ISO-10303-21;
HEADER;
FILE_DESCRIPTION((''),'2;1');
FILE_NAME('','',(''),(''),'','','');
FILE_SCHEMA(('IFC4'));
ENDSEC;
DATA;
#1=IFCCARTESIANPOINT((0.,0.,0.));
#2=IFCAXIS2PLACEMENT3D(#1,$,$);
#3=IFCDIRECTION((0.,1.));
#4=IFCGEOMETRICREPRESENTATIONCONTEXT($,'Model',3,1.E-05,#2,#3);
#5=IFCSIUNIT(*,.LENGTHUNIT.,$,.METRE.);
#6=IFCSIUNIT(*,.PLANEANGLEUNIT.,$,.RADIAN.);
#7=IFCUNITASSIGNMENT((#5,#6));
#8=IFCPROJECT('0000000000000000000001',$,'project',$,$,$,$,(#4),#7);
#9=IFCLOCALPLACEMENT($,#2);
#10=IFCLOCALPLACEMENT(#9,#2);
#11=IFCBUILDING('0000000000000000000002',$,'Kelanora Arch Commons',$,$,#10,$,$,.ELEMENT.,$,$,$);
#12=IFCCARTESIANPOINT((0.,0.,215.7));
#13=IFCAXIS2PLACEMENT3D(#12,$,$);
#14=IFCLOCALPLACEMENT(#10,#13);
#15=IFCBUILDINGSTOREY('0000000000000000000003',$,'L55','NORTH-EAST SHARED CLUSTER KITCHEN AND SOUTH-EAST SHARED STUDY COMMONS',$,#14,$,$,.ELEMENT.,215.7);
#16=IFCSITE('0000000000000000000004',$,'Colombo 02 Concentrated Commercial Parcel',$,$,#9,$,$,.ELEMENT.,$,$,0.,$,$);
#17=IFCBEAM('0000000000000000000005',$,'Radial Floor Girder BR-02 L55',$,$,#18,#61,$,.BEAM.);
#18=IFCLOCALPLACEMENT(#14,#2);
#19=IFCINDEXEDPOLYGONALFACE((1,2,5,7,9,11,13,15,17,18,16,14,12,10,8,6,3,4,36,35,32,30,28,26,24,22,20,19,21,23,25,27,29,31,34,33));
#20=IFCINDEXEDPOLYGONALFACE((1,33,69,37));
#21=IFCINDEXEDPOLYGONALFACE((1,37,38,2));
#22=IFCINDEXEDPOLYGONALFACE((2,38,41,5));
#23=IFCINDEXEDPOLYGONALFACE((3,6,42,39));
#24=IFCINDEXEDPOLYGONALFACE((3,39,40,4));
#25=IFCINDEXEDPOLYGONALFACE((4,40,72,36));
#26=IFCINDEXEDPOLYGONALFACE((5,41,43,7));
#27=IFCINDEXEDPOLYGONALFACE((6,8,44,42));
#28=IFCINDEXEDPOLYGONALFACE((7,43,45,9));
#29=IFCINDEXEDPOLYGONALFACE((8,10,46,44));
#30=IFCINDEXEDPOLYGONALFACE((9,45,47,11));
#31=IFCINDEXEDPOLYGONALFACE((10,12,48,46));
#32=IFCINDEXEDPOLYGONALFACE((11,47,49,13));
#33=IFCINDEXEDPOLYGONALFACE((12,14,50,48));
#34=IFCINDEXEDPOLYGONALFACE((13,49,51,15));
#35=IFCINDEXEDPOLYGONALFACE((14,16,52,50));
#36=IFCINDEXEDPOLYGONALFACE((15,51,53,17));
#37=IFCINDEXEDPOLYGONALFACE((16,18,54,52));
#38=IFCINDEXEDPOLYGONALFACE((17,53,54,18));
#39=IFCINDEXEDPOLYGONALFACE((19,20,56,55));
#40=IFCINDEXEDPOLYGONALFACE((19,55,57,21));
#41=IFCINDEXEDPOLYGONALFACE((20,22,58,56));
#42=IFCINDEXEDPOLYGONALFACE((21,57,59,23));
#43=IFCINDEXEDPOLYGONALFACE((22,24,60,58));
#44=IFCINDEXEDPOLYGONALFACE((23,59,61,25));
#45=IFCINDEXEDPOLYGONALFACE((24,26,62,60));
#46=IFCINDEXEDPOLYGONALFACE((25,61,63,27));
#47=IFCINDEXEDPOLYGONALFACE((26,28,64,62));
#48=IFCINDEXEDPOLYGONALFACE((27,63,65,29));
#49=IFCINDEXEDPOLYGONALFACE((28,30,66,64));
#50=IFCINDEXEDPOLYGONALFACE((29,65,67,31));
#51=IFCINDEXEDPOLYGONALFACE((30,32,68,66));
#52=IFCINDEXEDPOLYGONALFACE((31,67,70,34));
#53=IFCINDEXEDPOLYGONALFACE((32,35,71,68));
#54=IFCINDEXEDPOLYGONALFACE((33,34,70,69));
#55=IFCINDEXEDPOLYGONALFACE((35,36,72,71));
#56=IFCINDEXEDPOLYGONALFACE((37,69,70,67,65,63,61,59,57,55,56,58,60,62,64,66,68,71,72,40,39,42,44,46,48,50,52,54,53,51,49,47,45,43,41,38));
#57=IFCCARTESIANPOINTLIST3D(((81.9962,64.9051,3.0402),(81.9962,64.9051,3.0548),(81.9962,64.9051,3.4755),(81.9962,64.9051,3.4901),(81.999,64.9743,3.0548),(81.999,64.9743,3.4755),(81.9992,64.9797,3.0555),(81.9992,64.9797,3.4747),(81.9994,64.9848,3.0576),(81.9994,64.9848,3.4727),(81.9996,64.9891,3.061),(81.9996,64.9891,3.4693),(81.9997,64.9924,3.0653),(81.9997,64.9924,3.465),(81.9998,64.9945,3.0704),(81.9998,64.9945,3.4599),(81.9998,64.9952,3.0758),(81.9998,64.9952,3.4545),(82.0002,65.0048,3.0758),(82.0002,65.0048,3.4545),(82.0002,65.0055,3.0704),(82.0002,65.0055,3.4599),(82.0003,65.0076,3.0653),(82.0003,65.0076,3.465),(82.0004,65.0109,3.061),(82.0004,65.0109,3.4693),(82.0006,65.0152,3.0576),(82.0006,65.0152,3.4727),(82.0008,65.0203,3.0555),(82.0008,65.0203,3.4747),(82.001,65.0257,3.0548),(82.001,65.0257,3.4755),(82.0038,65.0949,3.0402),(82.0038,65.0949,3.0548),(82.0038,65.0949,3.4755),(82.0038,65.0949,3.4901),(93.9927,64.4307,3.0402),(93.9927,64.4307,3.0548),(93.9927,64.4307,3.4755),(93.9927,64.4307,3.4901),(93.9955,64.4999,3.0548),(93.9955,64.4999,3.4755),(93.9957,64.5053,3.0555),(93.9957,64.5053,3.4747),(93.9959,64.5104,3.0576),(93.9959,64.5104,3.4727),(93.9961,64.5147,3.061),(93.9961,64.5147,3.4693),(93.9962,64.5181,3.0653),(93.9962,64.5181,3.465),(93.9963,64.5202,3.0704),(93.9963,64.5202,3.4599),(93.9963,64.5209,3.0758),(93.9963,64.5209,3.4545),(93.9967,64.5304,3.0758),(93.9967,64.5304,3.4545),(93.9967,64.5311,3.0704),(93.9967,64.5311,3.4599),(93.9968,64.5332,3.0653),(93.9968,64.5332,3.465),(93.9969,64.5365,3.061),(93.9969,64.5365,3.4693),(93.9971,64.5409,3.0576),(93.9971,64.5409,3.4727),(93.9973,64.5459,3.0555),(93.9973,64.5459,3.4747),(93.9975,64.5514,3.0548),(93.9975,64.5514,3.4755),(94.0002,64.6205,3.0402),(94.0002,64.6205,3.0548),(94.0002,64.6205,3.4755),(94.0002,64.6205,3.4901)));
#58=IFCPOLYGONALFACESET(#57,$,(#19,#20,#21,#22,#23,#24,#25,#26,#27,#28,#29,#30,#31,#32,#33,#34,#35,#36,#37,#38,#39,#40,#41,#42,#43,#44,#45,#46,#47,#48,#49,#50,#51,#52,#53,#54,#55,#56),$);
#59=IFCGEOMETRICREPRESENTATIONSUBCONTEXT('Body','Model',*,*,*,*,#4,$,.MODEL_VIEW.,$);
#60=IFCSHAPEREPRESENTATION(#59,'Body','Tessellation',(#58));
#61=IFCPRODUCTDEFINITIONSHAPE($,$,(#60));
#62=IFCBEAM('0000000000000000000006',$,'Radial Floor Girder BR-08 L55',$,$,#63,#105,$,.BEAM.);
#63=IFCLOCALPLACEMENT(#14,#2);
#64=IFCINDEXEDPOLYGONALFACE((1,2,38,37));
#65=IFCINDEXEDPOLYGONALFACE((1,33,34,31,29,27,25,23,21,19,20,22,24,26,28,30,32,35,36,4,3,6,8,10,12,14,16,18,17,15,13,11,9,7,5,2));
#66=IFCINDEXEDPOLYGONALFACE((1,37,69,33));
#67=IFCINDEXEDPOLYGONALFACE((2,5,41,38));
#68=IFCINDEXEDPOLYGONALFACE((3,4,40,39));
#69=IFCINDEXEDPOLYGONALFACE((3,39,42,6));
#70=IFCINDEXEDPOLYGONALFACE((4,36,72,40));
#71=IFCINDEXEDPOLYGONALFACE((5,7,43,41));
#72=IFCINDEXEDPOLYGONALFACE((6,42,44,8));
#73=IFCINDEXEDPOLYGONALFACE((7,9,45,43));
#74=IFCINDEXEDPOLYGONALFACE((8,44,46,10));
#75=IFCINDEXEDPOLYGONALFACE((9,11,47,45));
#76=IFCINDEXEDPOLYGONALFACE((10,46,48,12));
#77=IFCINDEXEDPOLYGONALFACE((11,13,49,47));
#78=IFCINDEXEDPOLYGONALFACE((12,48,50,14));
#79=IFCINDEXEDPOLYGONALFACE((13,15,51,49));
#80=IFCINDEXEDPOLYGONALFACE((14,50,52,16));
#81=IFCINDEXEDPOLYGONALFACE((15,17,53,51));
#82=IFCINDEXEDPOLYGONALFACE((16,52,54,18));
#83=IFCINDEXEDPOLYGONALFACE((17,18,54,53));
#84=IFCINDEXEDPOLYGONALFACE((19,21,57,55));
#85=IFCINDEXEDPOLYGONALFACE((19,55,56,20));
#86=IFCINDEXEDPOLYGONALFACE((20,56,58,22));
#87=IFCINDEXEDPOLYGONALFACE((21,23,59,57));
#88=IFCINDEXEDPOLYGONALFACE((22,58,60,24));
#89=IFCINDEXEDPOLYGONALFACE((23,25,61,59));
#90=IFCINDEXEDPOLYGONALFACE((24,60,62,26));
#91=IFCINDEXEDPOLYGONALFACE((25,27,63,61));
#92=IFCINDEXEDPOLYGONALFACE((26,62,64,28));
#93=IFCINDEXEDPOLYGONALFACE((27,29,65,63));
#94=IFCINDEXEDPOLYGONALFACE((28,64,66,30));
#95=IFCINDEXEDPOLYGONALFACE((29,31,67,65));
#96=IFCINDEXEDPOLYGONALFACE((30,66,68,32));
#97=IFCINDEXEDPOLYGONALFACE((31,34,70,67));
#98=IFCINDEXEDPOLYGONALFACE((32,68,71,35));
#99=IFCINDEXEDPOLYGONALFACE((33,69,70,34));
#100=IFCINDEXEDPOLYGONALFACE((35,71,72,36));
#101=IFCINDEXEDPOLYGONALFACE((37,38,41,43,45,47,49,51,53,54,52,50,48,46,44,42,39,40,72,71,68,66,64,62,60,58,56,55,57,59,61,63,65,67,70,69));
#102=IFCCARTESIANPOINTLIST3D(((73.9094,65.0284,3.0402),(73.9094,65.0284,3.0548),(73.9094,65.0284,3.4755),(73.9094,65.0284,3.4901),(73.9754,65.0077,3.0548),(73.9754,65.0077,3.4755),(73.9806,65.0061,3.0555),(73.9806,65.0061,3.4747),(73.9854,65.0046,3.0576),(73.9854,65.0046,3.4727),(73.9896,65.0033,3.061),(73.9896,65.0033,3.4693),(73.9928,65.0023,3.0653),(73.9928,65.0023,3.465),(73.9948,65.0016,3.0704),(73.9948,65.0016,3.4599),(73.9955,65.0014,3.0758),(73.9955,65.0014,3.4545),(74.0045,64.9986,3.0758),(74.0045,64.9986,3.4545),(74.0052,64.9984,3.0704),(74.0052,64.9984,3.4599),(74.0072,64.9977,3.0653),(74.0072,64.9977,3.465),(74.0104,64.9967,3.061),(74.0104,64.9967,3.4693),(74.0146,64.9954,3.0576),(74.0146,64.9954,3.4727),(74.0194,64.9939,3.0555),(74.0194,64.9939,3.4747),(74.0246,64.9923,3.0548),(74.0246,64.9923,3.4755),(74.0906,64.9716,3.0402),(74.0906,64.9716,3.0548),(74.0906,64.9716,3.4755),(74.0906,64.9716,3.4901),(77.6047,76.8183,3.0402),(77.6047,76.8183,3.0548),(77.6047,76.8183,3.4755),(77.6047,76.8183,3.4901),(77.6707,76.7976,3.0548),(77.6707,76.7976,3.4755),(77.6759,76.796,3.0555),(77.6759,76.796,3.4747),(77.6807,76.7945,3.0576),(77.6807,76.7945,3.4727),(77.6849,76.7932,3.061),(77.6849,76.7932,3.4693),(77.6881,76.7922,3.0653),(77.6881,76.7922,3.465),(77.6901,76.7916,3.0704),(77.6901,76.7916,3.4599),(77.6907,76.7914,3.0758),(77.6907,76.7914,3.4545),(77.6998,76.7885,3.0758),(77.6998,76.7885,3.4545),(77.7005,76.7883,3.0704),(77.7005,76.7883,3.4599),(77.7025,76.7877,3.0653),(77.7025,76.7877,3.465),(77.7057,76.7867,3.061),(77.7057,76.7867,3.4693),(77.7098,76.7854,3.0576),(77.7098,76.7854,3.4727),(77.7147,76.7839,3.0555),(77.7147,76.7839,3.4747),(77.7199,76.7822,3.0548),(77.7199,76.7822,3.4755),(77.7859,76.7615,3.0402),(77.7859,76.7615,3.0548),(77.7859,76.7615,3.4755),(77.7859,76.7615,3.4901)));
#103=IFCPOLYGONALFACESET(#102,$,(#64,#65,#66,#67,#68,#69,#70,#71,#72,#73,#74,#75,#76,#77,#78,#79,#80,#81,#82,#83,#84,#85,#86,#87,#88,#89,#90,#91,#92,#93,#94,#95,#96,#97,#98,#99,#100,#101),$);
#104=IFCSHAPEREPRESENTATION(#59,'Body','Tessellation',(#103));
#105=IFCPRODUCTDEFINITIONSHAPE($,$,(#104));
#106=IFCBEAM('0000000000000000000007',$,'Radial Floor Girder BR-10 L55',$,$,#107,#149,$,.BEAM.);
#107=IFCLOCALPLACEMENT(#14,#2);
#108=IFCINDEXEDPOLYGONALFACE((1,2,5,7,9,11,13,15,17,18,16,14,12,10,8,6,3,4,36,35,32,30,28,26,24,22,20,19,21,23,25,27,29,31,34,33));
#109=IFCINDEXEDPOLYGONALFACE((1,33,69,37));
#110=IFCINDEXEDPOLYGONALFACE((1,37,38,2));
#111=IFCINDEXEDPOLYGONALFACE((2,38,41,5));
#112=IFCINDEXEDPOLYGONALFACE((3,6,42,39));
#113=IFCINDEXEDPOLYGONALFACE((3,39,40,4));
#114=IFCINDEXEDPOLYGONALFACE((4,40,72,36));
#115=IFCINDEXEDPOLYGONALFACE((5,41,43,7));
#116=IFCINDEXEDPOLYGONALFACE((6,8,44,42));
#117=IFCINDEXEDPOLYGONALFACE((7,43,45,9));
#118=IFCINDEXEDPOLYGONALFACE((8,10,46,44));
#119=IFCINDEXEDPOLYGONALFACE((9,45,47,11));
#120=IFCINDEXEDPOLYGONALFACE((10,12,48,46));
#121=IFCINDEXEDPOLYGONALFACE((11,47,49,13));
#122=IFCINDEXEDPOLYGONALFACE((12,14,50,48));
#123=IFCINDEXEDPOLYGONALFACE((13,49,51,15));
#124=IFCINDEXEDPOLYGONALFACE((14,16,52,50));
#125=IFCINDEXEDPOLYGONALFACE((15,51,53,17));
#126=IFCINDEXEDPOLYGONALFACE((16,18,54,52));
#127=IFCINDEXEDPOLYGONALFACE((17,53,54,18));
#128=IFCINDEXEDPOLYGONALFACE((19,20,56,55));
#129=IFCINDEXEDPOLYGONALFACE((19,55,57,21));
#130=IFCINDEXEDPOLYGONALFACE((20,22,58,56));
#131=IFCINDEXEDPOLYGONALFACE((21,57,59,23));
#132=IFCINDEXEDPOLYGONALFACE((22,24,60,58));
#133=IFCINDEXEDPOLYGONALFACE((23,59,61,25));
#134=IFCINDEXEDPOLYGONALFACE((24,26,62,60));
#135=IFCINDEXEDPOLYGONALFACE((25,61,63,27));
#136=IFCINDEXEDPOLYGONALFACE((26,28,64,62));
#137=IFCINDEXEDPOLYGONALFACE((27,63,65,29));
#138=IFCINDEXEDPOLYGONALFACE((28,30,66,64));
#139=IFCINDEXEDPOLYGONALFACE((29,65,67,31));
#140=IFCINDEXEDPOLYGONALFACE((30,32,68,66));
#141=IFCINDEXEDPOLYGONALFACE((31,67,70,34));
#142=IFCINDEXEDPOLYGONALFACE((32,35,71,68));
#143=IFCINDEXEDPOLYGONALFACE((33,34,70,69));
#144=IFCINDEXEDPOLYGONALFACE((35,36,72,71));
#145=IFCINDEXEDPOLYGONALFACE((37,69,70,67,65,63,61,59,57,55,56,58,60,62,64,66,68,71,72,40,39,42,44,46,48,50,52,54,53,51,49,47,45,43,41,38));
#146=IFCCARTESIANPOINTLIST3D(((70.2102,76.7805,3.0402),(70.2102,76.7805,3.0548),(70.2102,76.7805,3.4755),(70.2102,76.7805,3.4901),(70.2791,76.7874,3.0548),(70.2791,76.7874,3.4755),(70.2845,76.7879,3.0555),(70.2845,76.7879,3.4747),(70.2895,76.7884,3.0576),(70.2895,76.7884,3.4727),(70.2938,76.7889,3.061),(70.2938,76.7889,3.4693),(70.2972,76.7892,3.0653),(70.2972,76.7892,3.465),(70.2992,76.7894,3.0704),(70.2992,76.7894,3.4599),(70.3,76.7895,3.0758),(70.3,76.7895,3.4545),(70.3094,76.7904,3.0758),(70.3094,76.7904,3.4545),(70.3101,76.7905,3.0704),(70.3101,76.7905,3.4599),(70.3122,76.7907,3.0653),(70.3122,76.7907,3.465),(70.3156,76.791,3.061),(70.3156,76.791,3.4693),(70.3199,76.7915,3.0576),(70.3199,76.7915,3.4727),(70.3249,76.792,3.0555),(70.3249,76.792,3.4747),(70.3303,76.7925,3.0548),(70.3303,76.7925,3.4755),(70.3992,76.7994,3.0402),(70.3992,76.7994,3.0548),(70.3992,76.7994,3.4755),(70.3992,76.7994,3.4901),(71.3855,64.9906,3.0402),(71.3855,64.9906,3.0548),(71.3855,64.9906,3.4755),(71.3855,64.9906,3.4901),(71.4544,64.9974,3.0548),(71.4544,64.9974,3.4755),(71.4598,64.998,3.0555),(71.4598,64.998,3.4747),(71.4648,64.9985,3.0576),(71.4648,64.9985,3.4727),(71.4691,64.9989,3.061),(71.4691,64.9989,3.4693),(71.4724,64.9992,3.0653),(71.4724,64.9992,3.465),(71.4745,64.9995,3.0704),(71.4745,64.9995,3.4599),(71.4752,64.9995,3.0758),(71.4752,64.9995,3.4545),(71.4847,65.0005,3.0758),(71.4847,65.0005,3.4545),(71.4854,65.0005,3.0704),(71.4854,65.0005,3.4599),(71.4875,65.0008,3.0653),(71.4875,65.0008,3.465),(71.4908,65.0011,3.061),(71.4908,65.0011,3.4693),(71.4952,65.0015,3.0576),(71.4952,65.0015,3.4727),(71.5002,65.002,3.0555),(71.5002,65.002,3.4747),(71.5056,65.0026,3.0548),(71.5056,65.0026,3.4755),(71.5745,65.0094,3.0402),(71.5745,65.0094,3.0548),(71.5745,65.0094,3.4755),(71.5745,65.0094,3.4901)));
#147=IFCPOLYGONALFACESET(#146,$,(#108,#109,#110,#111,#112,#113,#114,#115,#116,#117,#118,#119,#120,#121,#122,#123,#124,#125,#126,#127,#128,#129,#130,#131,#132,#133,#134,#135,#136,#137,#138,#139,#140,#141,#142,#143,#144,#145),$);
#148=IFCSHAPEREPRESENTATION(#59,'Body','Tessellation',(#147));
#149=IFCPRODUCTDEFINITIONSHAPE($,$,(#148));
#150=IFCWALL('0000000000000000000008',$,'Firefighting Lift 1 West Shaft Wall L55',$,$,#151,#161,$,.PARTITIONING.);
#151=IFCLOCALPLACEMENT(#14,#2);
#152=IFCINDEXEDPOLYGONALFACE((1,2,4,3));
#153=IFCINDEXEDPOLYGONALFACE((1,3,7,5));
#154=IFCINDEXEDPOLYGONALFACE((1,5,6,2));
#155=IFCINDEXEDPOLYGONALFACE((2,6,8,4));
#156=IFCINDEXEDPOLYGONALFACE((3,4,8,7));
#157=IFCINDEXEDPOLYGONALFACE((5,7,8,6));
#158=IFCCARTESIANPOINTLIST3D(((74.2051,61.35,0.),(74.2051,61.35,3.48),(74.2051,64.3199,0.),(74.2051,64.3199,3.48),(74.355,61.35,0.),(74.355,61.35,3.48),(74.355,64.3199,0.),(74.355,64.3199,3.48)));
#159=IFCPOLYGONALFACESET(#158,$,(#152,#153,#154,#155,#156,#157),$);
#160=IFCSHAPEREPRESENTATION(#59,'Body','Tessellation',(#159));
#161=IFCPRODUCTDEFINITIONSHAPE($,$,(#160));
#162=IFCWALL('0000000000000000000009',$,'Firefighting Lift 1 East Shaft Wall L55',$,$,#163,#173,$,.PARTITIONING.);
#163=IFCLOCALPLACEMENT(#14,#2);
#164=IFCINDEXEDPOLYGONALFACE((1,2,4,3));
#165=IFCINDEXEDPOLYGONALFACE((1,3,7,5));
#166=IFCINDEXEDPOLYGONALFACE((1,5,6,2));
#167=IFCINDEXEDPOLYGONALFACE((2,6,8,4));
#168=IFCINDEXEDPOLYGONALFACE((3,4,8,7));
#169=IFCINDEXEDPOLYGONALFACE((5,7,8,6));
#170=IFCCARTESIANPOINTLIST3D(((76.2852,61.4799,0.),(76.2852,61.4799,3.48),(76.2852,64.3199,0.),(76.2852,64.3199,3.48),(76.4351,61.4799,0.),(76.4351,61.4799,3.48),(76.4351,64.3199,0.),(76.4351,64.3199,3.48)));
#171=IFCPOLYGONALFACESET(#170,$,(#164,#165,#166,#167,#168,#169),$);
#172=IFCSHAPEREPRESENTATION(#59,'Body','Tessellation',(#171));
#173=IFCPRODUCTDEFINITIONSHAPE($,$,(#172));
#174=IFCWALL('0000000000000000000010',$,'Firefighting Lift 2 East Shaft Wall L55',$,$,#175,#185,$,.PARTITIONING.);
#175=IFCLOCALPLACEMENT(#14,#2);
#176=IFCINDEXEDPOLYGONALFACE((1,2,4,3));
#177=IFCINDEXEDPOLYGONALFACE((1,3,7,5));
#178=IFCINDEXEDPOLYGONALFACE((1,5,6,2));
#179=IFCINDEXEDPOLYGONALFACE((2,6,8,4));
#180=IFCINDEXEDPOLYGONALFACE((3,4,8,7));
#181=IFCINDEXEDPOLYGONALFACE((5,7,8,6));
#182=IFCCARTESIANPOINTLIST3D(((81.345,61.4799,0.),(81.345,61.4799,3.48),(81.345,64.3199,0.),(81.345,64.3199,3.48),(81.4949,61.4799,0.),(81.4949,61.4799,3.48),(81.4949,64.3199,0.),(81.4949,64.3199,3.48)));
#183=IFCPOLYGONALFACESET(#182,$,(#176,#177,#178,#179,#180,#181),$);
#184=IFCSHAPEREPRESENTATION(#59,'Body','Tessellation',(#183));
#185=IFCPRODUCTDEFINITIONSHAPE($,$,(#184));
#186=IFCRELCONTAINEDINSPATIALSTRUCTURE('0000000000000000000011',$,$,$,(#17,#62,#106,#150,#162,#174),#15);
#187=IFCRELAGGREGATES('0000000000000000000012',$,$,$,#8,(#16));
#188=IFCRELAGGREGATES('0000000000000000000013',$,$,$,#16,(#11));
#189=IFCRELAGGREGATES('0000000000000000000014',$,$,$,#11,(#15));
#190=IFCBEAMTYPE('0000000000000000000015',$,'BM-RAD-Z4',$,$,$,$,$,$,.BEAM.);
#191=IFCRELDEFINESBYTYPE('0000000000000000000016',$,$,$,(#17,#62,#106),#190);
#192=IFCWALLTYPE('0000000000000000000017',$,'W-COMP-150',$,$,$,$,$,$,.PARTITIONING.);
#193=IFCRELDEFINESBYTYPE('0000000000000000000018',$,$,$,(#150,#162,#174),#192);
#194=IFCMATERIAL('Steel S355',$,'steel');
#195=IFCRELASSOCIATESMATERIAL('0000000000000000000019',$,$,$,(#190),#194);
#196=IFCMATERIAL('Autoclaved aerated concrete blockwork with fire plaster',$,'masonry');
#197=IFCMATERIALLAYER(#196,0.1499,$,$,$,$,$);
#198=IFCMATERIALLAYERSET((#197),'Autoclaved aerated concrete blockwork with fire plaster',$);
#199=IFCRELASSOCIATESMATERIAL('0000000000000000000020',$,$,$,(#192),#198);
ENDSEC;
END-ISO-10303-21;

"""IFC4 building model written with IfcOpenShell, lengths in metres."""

from ifc_helpers import new_model, si_unit, direction, frame, frame_2d, origin, origin_2d, place, context, subcontext, project, spatial, rectangle, i_section, extrude, material, layer, layer_set, material_profile, profile_set, type_object, element, save


model = new_model("IFC4")

# Units and contexts
model_context = context("Model", 3, precision=1e-05, world=origin(), true_north=direction((0.0, 1.0)))
body_context = subcontext(model_context, "Body", "Model", "MODEL_VIEW")
ifc_project = project(units=[si_unit("LENGTHUNIT", "METRE"), si_unit("PLANEANGLEUNIT", "RADIAN")], contexts=[model_context])

# Site, building, storey
site_placement = place(None, origin())
site = spatial("IfcSite", under=ifc_project, at=site_placement, Name="Colombo 02 Concentrated Commercial Parcel", CompositionType="ELEMENT", RefElevation=0.0)
building_placement = place(site_placement, origin())
building = spatial("IfcBuilding", under=site, at=building_placement, Name="Kelanora Arch Commons", CompositionType="ELEMENT")
storey_placement = place(building_placement, frame((0.0, 0.0, 215.7)))
storey = spatial("IfcBuildingStorey", under=building, at=storey_placement, Name="L55", Description="NORTH-EAST SHARED CLUSTER KITCHEN AND SOUTH-EAST SHARED STUDY COMMONS", CompositionType="ELEMENT", Elevation=215.7)

# Beams
ifc_material_1 = material(Name="Steel S355", Category="steel")
ifc_material_profile_1 = material_profile(ifc_material_1, i_section(OverallWidth=0.1899, OverallDepth=0.45, WebThickness=0.0095, FlangeThickness=0.0146, FilletRadius=0.021, at=origin_2d()), Name="IPE450")
ifc_profile_set_1 = profile_set([ifc_material_profile_1], Name="Steel S355")
beam_type_1 = type_object("IfcBeamType", Name="BM-RAD-Z4", PredefinedType="BEAM", material=ifc_profile_set_1)
beam_1_placement = place(storey_placement, frame((82.0, 65.0, 3.2651), z_axis=(0.999219, -0.039511, 0.0), x_axis=(0.039511, 0.999219, 0.0)))
element("IfcBeam", 1, at=beam_1_placement, inside=storey, type_object=beam_type_1, Name="Radial Floor Girder BR-02 L55", PredefinedType="BEAM", context=body_context, shape_type="SweptSolid", body=[
    extrude(i_section(OverallWidth=0.1899, OverallDepth=0.45, WebThickness=0.0095, FlangeThickness=0.0146, FilletRadius=0.021, at=origin_2d()), origin(), (0.0, 0.0, 1.0), 12.0059),
])
beam_2_placement = place(storey_placement, frame((74.0, 65.0, 3.2651), z_axis=(0.29908, 0.954228, 0.0), x_axis=(-0.954228, 0.29908, 0.0)))
element("IfcBeam", 2, at=beam_2_placement, inside=storey, type_object=beam_type_1, Name="Radial Floor Girder BR-08 L55", PredefinedType="BEAM", context=body_context, shape_type="SweptSolid", body=[
    extrude(i_section(OverallWidth=0.1899, OverallDepth=0.45, WebThickness=0.0095, FlangeThickness=0.0146, FilletRadius=0.021, at=origin_2d()), origin(), (0.0, 0.0, 1.0), 12.3555),
])
beam_3_placement = place(storey_placement, frame((71.48, 65.0, 3.2651), z_axis=(-0.099194, 0.995068, 0.0), x_axis=(-0.995068, -0.099194, 0.0)))
element("IfcBeam", 3, at=beam_3_placement, inside=storey, type_object=beam_type_1, Name="Radial Floor Girder BR-10 L55", PredefinedType="BEAM", context=body_context, shape_type="SweptSolid", body=[
    extrude(i_section(OverallWidth=0.1899, OverallDepth=0.45, WebThickness=0.0095, FlangeThickness=0.0146, FilletRadius=0.021, at=origin_2d()), origin(), (0.0, 0.0, 1.0), 11.8484),
])

# Walls
ifc_material_2 = material(Name="Autoclaved aerated concrete blockwork with fire plaster", Category="masonry")
ifc_layer_1 = layer(ifc_material_2, 0.1499)
ifc_layer_set_1 = layer_set([ifc_layer_1], Name="Autoclaved aerated concrete blockwork with fire plaster")
wall_type_1 = type_object("IfcWallType", Name="W-COMP-150", PredefinedType="PARTITIONING", material=ifc_layer_set_1)
wall_1_placement = place(storey_placement, frame((74.28, 61.3501, 0.0), z_axis=(0.0, 0.0, 1.0), x_axis=(0.0, 1.0, 0.0)))
element("IfcWall", 4, at=wall_1_placement, inside=storey, type_object=wall_type_1, Name="Firefighting Lift 1 West Shaft Wall L55", PredefinedType="PARTITIONING", context=body_context, shape_type="SweptSolid", body=[
    extrude(rectangle(XDim=2.97, YDim=0.1499, at=frame_2d((1.4849, 0.0))), origin(), (0.0, 0.0, 1.0), 3.48),
])
for number, where, z_axis, x_axis, name in (
    (5, (76.3601, 61.48, 0.0), (0.0, 0.0, 1.0), (0.0, 1.0, 0.0), "Firefighting Lift 1 East Shaft Wall L55"),
    (6, (81.4199, 61.48, 0.0), (0.0, 0.0, 1.0), (0.0, 1.0, 0.0), "Firefighting Lift 2 East Shaft Wall L55"),
):
    element("IfcWall", number, at=place(storey_placement, frame(where, z_axis=z_axis, x_axis=x_axis)), inside=storey, type_object=wall_type_1, Name=name, PredefinedType="PARTITIONING", context=body_context, shape_type="SweptSolid", body=[
        extrude(rectangle(XDim=2.8401, YDim=0.1499, at=frame_2d((1.4199, 0.0))), origin(), (0.0, 0.0, 1.0), 3.48),
    ])

save(model, "model.ifc")
